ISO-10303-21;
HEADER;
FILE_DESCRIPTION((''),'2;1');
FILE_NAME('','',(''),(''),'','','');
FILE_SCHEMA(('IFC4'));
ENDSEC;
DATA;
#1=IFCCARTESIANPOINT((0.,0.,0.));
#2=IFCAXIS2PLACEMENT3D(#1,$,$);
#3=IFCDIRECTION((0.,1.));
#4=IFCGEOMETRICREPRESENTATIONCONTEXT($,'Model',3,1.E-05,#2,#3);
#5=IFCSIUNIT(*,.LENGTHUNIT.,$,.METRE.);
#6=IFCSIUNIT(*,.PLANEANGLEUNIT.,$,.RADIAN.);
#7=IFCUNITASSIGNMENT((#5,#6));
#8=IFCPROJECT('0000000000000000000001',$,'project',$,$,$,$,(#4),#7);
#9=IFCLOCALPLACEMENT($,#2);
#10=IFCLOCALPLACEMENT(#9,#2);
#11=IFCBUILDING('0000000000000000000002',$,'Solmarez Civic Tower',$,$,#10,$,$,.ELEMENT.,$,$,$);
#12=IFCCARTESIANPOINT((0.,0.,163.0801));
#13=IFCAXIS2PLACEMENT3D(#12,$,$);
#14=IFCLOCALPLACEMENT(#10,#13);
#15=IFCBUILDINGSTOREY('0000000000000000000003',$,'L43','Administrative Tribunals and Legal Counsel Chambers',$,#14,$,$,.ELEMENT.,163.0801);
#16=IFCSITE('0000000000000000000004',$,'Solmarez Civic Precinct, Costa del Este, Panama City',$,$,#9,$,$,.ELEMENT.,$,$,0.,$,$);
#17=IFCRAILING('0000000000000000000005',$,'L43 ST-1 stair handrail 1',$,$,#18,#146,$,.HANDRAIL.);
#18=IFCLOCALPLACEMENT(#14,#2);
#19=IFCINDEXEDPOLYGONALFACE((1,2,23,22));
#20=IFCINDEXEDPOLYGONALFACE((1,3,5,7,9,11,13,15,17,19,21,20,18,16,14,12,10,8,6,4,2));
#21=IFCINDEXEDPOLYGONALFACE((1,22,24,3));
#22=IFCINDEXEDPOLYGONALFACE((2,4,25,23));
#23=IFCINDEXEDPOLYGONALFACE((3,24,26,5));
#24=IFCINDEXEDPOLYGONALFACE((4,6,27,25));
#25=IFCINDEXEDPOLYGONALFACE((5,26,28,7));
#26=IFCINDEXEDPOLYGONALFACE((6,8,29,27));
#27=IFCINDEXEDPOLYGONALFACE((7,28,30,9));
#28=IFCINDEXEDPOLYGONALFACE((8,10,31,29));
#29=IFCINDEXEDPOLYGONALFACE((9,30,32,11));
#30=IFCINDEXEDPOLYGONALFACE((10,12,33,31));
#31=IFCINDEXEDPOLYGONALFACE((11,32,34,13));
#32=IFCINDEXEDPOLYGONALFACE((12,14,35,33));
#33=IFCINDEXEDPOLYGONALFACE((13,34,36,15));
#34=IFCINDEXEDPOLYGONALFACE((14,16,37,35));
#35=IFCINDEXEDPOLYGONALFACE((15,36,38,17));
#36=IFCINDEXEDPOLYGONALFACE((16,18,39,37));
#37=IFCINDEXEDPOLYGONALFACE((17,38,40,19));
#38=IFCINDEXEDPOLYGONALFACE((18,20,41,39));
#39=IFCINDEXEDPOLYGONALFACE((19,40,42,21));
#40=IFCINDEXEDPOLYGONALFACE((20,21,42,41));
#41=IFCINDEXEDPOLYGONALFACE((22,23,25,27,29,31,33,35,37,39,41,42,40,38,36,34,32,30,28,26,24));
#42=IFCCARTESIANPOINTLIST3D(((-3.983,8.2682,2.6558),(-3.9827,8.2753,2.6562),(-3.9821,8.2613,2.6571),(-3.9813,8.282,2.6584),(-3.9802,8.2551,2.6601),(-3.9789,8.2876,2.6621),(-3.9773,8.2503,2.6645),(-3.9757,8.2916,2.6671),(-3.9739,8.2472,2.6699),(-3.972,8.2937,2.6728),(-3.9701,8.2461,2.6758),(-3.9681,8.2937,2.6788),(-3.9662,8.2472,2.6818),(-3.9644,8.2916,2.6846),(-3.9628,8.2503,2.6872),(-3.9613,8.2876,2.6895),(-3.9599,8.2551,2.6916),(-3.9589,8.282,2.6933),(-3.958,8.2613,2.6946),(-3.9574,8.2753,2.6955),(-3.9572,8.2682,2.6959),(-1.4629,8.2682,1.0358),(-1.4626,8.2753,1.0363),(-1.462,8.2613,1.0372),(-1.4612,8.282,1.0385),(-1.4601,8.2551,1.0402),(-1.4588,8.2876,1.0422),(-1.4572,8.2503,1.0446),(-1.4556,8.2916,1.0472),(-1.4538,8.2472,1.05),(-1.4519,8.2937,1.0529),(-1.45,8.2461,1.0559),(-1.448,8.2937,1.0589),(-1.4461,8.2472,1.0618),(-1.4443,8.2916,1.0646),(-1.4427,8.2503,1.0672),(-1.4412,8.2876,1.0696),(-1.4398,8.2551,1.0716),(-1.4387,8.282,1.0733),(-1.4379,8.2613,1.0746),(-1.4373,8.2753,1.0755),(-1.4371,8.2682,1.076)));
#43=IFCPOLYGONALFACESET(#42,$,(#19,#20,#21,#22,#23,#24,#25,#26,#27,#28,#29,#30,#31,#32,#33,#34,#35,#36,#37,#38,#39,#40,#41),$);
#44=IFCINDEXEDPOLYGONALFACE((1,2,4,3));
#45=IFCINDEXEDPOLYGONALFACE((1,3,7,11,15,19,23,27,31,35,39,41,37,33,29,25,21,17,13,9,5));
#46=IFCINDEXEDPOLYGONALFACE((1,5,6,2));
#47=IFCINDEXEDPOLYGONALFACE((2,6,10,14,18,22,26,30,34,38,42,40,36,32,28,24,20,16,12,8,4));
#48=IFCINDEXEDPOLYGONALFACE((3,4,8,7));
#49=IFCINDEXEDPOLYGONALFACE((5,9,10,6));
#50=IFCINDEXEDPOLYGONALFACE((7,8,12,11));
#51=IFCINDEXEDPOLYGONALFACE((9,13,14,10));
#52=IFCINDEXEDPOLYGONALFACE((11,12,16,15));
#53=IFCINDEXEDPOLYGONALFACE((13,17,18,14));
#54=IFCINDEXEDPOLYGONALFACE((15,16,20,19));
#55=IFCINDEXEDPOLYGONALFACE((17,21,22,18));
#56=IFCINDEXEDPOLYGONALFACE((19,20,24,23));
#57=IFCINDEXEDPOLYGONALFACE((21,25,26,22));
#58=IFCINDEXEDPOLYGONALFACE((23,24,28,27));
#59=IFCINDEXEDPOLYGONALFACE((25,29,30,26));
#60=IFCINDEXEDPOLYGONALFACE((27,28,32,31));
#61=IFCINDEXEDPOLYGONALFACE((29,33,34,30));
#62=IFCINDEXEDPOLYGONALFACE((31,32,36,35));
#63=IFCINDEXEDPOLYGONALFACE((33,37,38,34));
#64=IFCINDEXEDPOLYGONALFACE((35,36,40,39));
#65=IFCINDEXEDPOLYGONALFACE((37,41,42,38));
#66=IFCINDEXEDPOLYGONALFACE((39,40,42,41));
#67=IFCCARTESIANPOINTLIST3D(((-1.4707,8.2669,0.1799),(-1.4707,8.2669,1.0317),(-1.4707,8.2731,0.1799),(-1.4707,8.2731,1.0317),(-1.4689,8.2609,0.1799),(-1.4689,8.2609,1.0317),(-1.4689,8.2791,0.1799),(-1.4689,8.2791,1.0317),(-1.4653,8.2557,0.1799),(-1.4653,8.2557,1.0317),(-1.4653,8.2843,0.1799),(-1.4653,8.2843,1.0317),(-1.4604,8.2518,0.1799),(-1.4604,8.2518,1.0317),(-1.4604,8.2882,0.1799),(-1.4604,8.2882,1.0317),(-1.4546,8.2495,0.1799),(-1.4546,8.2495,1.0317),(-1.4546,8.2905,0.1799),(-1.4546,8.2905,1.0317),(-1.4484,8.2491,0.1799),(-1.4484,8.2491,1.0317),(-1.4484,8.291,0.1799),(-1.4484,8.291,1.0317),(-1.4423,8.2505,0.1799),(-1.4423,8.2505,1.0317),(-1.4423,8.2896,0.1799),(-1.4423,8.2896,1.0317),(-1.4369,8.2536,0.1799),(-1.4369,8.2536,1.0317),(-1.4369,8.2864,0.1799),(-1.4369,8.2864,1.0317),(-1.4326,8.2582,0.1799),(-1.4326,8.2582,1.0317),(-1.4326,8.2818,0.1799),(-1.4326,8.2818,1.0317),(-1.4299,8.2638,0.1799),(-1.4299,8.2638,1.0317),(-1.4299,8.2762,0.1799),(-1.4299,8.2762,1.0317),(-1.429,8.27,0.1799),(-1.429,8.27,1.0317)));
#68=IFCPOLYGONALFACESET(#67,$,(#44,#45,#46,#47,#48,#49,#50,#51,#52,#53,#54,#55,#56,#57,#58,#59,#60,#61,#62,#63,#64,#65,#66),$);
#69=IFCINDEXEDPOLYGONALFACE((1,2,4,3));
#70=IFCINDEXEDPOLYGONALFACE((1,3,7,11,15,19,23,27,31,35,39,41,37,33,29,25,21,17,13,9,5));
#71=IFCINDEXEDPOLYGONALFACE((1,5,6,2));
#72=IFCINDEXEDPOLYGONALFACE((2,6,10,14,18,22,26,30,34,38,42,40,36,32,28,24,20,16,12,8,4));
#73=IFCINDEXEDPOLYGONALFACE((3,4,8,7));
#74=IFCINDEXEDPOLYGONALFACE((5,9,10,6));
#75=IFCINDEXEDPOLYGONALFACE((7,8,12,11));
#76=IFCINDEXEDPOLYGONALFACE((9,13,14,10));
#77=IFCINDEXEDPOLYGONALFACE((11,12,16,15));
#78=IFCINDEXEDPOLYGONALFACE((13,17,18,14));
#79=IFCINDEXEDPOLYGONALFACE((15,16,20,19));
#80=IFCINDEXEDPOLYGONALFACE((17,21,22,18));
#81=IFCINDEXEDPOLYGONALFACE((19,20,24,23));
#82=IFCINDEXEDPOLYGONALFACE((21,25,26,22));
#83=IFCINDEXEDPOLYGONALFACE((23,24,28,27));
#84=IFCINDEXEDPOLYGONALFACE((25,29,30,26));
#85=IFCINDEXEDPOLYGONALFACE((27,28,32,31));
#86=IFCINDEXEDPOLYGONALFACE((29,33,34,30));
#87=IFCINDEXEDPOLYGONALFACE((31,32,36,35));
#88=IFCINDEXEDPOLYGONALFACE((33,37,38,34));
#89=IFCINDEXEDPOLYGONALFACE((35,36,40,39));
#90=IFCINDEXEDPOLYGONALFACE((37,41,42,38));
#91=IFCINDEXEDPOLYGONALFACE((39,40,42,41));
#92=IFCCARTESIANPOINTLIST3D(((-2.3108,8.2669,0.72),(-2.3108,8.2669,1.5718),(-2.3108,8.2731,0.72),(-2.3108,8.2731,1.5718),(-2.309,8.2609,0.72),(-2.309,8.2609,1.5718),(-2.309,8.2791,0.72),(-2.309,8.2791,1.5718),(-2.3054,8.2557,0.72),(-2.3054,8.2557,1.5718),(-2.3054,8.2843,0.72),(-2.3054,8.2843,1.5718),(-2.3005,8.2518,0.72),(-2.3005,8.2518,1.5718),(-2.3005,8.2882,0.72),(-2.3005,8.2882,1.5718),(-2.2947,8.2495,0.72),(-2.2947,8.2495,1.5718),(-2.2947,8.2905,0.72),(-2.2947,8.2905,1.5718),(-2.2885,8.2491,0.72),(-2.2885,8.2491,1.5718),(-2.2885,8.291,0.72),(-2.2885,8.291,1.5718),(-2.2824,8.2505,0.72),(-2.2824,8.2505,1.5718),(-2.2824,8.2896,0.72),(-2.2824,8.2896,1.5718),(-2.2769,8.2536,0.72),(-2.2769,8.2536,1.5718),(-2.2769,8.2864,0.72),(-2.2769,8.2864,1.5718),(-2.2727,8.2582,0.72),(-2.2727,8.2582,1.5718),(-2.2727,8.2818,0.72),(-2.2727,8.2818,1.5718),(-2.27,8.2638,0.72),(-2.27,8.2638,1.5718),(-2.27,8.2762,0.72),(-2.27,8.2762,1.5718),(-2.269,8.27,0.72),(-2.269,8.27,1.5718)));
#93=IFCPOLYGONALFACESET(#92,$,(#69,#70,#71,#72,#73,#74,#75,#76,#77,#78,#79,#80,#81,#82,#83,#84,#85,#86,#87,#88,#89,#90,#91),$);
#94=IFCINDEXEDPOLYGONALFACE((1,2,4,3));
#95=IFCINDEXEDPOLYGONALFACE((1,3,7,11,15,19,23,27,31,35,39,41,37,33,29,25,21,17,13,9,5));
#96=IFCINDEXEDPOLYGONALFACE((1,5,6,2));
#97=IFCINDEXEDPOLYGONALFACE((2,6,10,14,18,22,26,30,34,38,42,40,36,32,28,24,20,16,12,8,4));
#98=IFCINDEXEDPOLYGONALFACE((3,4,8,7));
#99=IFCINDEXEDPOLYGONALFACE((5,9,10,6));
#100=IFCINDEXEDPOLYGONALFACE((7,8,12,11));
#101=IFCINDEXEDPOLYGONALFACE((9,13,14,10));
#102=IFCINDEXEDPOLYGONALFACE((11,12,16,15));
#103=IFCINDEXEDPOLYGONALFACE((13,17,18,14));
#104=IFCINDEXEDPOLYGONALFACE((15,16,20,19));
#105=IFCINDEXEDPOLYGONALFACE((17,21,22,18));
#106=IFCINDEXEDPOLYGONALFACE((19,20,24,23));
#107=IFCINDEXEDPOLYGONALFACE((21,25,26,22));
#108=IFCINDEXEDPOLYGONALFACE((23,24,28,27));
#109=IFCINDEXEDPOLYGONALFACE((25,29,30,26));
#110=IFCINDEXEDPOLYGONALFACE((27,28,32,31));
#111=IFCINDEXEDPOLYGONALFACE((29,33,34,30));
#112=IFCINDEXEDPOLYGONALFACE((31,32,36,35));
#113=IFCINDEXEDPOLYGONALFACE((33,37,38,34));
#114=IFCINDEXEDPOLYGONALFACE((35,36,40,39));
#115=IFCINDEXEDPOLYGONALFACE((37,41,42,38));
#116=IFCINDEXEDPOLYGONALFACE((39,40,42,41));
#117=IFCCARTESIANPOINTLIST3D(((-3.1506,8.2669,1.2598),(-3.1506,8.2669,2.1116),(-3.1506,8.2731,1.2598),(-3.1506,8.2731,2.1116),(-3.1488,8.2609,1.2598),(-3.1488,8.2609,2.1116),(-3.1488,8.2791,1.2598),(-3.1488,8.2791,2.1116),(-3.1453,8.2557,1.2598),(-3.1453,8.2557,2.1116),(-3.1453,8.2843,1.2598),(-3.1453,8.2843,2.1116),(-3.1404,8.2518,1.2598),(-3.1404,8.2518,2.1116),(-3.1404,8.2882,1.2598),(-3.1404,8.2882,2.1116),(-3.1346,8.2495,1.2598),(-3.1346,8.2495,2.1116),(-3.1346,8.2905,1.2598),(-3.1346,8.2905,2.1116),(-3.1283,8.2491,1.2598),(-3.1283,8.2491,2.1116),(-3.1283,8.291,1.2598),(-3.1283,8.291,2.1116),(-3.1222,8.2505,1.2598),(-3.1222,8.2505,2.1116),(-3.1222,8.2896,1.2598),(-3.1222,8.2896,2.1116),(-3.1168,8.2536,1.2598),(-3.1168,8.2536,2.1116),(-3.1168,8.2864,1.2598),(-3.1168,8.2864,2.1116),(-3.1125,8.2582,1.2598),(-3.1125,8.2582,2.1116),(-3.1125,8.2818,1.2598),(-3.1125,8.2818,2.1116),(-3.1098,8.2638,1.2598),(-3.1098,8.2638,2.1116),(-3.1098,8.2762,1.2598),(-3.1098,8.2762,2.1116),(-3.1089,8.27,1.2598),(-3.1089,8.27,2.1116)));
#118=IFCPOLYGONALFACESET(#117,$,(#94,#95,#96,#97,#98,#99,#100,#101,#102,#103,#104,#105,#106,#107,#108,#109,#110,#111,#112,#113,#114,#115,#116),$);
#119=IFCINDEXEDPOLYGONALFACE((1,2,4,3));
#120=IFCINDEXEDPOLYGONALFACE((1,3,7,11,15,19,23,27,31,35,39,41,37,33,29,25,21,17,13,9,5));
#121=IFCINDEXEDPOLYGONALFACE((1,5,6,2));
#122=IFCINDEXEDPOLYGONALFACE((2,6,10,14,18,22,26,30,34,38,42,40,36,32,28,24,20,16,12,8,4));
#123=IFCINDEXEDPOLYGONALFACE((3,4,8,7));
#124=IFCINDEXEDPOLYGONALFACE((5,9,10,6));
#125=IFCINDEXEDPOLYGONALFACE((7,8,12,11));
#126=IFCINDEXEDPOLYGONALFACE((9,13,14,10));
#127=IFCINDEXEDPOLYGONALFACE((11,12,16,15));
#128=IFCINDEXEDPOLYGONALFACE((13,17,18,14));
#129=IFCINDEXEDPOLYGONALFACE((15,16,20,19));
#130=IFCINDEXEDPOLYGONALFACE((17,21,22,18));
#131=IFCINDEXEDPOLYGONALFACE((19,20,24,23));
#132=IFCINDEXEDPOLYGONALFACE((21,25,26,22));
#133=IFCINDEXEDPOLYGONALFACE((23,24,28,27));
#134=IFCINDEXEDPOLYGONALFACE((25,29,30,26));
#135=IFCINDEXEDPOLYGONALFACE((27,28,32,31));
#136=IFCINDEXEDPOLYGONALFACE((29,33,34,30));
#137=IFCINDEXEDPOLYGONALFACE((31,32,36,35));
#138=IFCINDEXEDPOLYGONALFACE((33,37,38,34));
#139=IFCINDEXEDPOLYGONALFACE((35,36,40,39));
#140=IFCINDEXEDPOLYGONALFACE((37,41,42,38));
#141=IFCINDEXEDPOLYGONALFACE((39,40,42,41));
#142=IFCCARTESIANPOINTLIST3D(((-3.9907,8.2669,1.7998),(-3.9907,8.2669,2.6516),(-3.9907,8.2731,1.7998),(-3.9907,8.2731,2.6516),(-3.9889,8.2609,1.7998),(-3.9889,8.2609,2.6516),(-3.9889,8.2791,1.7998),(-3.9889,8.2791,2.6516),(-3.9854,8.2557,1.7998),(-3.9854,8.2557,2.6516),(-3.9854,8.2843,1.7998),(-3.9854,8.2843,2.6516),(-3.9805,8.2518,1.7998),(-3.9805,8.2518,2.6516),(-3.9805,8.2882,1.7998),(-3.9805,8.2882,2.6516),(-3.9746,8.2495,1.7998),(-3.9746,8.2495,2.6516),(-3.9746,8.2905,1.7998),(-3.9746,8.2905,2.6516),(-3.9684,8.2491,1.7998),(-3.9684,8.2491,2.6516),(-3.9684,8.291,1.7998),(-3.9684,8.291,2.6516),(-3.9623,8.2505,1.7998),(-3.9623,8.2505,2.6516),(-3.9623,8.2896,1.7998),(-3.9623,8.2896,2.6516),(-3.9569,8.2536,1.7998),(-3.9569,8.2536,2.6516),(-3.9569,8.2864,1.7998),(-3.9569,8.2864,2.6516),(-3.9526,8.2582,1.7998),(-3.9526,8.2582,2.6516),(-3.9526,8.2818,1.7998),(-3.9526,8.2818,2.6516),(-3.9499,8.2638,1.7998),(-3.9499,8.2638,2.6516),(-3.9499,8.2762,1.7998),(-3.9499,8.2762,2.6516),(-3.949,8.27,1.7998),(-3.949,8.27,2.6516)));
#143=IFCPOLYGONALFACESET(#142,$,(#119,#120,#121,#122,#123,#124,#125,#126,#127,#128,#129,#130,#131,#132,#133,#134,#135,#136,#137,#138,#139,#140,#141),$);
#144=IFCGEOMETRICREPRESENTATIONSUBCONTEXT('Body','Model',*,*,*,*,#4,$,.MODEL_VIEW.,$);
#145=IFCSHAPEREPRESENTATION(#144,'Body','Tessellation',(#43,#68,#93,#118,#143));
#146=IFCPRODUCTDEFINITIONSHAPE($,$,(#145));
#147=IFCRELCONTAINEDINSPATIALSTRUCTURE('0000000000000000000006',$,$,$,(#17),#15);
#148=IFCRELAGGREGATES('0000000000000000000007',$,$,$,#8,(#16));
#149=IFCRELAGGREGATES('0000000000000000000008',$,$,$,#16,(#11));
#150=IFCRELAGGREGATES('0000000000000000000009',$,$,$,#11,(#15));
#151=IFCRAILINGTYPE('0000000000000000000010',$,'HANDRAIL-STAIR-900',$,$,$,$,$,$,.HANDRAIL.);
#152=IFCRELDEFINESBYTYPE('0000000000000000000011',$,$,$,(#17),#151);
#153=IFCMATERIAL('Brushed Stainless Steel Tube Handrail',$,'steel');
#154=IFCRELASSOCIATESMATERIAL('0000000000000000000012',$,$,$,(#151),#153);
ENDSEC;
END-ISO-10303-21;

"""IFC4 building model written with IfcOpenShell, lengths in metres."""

from ifc_helpers import new_model, si_unit, direction, frame, origin, origin_2d, place, context, subcontext, project, spatial, circle, extrude, material, type_object, element, save


model = new_model("IFC4")

# Units and contexts
model_context = context("Model", 3, precision=1e-05, world=origin(), true_north=direction((0.0, 1.0)))
body_context = subcontext(model_context, "Body", "Model", "MODEL_VIEW")
ifc_project = project(units=[si_unit("LENGTHUNIT", "METRE"), si_unit("PLANEANGLEUNIT", "RADIAN")], contexts=[model_context])

# Site, building, storey
site_placement = place(None, origin())
site = spatial("IfcSite", under=ifc_project, at=site_placement, Name="Solmarez Civic Precinct, Costa del Este, Panama City", CompositionType="ELEMENT", RefElevation=0.0)
building_placement = place(site_placement, origin())
building = spatial("IfcBuilding", under=site, at=building_placement, Name="Solmarez Civic Tower", CompositionType="ELEMENT")
storey_placement = place(building_placement, frame((0.0, 0.0, 163.0801)))
storey = spatial("IfcBuildingStorey", under=building, at=storey_placement, Name="L43", Description="Administrative Tribunals and Legal Counsel Chambers", CompositionType="ELEMENT", Elevation=163.0801)

# Railing
ifc_material_1 = material(Name="Brushed Stainless Steel Tube Handrail", Category="steel")
railing_type_1 = type_object("IfcRailingType", Name="HANDRAIL-STAIR-900", PredefinedType="HANDRAIL", material=ifc_material_1)
railing_1_placement = place(storey_placement, frame((-1.45, 8.27, 0.1799)))
element("IfcRailing", 1, at=railing_1_placement, inside=storey, type_object=railing_type_1, Name="L43 ST-1 stair handrail 1", PredefinedType="HANDRAIL", context=body_context, shape_type="SweptSolid", body=[
    extrude(circle(Radius=0.0239, at=origin_2d()), frame((0.0, 0.0, 0.876), z_axis=(-0.8412, 0.0, 0.540725), x_axis=(0.0, -1.0, 0.0)), (0.0, 0.0, 1.0), 2.9958),
    extrude(circle(Radius=0.021, at=origin_2d()), origin(), (0.0, 0.0, 1.0), 0.8518),
    extrude(circle(Radius=0.021, at=origin_2d()), frame((-0.8401, 0.0, 0.54)), (0.0, 0.0, 1.0), 0.8518),
    extrude(circle(Radius=0.021, at=origin_2d()), frame((-1.6799, 0.0, 1.0798)), (0.0, 0.0, 1.0), 0.8518),
    extrude(circle(Radius=0.021, at=origin_2d()), frame((-2.52, 0.0, 1.6199)), (0.0, 0.0, 1.0), 0.8518),
])

save(model, "model.ifc")
